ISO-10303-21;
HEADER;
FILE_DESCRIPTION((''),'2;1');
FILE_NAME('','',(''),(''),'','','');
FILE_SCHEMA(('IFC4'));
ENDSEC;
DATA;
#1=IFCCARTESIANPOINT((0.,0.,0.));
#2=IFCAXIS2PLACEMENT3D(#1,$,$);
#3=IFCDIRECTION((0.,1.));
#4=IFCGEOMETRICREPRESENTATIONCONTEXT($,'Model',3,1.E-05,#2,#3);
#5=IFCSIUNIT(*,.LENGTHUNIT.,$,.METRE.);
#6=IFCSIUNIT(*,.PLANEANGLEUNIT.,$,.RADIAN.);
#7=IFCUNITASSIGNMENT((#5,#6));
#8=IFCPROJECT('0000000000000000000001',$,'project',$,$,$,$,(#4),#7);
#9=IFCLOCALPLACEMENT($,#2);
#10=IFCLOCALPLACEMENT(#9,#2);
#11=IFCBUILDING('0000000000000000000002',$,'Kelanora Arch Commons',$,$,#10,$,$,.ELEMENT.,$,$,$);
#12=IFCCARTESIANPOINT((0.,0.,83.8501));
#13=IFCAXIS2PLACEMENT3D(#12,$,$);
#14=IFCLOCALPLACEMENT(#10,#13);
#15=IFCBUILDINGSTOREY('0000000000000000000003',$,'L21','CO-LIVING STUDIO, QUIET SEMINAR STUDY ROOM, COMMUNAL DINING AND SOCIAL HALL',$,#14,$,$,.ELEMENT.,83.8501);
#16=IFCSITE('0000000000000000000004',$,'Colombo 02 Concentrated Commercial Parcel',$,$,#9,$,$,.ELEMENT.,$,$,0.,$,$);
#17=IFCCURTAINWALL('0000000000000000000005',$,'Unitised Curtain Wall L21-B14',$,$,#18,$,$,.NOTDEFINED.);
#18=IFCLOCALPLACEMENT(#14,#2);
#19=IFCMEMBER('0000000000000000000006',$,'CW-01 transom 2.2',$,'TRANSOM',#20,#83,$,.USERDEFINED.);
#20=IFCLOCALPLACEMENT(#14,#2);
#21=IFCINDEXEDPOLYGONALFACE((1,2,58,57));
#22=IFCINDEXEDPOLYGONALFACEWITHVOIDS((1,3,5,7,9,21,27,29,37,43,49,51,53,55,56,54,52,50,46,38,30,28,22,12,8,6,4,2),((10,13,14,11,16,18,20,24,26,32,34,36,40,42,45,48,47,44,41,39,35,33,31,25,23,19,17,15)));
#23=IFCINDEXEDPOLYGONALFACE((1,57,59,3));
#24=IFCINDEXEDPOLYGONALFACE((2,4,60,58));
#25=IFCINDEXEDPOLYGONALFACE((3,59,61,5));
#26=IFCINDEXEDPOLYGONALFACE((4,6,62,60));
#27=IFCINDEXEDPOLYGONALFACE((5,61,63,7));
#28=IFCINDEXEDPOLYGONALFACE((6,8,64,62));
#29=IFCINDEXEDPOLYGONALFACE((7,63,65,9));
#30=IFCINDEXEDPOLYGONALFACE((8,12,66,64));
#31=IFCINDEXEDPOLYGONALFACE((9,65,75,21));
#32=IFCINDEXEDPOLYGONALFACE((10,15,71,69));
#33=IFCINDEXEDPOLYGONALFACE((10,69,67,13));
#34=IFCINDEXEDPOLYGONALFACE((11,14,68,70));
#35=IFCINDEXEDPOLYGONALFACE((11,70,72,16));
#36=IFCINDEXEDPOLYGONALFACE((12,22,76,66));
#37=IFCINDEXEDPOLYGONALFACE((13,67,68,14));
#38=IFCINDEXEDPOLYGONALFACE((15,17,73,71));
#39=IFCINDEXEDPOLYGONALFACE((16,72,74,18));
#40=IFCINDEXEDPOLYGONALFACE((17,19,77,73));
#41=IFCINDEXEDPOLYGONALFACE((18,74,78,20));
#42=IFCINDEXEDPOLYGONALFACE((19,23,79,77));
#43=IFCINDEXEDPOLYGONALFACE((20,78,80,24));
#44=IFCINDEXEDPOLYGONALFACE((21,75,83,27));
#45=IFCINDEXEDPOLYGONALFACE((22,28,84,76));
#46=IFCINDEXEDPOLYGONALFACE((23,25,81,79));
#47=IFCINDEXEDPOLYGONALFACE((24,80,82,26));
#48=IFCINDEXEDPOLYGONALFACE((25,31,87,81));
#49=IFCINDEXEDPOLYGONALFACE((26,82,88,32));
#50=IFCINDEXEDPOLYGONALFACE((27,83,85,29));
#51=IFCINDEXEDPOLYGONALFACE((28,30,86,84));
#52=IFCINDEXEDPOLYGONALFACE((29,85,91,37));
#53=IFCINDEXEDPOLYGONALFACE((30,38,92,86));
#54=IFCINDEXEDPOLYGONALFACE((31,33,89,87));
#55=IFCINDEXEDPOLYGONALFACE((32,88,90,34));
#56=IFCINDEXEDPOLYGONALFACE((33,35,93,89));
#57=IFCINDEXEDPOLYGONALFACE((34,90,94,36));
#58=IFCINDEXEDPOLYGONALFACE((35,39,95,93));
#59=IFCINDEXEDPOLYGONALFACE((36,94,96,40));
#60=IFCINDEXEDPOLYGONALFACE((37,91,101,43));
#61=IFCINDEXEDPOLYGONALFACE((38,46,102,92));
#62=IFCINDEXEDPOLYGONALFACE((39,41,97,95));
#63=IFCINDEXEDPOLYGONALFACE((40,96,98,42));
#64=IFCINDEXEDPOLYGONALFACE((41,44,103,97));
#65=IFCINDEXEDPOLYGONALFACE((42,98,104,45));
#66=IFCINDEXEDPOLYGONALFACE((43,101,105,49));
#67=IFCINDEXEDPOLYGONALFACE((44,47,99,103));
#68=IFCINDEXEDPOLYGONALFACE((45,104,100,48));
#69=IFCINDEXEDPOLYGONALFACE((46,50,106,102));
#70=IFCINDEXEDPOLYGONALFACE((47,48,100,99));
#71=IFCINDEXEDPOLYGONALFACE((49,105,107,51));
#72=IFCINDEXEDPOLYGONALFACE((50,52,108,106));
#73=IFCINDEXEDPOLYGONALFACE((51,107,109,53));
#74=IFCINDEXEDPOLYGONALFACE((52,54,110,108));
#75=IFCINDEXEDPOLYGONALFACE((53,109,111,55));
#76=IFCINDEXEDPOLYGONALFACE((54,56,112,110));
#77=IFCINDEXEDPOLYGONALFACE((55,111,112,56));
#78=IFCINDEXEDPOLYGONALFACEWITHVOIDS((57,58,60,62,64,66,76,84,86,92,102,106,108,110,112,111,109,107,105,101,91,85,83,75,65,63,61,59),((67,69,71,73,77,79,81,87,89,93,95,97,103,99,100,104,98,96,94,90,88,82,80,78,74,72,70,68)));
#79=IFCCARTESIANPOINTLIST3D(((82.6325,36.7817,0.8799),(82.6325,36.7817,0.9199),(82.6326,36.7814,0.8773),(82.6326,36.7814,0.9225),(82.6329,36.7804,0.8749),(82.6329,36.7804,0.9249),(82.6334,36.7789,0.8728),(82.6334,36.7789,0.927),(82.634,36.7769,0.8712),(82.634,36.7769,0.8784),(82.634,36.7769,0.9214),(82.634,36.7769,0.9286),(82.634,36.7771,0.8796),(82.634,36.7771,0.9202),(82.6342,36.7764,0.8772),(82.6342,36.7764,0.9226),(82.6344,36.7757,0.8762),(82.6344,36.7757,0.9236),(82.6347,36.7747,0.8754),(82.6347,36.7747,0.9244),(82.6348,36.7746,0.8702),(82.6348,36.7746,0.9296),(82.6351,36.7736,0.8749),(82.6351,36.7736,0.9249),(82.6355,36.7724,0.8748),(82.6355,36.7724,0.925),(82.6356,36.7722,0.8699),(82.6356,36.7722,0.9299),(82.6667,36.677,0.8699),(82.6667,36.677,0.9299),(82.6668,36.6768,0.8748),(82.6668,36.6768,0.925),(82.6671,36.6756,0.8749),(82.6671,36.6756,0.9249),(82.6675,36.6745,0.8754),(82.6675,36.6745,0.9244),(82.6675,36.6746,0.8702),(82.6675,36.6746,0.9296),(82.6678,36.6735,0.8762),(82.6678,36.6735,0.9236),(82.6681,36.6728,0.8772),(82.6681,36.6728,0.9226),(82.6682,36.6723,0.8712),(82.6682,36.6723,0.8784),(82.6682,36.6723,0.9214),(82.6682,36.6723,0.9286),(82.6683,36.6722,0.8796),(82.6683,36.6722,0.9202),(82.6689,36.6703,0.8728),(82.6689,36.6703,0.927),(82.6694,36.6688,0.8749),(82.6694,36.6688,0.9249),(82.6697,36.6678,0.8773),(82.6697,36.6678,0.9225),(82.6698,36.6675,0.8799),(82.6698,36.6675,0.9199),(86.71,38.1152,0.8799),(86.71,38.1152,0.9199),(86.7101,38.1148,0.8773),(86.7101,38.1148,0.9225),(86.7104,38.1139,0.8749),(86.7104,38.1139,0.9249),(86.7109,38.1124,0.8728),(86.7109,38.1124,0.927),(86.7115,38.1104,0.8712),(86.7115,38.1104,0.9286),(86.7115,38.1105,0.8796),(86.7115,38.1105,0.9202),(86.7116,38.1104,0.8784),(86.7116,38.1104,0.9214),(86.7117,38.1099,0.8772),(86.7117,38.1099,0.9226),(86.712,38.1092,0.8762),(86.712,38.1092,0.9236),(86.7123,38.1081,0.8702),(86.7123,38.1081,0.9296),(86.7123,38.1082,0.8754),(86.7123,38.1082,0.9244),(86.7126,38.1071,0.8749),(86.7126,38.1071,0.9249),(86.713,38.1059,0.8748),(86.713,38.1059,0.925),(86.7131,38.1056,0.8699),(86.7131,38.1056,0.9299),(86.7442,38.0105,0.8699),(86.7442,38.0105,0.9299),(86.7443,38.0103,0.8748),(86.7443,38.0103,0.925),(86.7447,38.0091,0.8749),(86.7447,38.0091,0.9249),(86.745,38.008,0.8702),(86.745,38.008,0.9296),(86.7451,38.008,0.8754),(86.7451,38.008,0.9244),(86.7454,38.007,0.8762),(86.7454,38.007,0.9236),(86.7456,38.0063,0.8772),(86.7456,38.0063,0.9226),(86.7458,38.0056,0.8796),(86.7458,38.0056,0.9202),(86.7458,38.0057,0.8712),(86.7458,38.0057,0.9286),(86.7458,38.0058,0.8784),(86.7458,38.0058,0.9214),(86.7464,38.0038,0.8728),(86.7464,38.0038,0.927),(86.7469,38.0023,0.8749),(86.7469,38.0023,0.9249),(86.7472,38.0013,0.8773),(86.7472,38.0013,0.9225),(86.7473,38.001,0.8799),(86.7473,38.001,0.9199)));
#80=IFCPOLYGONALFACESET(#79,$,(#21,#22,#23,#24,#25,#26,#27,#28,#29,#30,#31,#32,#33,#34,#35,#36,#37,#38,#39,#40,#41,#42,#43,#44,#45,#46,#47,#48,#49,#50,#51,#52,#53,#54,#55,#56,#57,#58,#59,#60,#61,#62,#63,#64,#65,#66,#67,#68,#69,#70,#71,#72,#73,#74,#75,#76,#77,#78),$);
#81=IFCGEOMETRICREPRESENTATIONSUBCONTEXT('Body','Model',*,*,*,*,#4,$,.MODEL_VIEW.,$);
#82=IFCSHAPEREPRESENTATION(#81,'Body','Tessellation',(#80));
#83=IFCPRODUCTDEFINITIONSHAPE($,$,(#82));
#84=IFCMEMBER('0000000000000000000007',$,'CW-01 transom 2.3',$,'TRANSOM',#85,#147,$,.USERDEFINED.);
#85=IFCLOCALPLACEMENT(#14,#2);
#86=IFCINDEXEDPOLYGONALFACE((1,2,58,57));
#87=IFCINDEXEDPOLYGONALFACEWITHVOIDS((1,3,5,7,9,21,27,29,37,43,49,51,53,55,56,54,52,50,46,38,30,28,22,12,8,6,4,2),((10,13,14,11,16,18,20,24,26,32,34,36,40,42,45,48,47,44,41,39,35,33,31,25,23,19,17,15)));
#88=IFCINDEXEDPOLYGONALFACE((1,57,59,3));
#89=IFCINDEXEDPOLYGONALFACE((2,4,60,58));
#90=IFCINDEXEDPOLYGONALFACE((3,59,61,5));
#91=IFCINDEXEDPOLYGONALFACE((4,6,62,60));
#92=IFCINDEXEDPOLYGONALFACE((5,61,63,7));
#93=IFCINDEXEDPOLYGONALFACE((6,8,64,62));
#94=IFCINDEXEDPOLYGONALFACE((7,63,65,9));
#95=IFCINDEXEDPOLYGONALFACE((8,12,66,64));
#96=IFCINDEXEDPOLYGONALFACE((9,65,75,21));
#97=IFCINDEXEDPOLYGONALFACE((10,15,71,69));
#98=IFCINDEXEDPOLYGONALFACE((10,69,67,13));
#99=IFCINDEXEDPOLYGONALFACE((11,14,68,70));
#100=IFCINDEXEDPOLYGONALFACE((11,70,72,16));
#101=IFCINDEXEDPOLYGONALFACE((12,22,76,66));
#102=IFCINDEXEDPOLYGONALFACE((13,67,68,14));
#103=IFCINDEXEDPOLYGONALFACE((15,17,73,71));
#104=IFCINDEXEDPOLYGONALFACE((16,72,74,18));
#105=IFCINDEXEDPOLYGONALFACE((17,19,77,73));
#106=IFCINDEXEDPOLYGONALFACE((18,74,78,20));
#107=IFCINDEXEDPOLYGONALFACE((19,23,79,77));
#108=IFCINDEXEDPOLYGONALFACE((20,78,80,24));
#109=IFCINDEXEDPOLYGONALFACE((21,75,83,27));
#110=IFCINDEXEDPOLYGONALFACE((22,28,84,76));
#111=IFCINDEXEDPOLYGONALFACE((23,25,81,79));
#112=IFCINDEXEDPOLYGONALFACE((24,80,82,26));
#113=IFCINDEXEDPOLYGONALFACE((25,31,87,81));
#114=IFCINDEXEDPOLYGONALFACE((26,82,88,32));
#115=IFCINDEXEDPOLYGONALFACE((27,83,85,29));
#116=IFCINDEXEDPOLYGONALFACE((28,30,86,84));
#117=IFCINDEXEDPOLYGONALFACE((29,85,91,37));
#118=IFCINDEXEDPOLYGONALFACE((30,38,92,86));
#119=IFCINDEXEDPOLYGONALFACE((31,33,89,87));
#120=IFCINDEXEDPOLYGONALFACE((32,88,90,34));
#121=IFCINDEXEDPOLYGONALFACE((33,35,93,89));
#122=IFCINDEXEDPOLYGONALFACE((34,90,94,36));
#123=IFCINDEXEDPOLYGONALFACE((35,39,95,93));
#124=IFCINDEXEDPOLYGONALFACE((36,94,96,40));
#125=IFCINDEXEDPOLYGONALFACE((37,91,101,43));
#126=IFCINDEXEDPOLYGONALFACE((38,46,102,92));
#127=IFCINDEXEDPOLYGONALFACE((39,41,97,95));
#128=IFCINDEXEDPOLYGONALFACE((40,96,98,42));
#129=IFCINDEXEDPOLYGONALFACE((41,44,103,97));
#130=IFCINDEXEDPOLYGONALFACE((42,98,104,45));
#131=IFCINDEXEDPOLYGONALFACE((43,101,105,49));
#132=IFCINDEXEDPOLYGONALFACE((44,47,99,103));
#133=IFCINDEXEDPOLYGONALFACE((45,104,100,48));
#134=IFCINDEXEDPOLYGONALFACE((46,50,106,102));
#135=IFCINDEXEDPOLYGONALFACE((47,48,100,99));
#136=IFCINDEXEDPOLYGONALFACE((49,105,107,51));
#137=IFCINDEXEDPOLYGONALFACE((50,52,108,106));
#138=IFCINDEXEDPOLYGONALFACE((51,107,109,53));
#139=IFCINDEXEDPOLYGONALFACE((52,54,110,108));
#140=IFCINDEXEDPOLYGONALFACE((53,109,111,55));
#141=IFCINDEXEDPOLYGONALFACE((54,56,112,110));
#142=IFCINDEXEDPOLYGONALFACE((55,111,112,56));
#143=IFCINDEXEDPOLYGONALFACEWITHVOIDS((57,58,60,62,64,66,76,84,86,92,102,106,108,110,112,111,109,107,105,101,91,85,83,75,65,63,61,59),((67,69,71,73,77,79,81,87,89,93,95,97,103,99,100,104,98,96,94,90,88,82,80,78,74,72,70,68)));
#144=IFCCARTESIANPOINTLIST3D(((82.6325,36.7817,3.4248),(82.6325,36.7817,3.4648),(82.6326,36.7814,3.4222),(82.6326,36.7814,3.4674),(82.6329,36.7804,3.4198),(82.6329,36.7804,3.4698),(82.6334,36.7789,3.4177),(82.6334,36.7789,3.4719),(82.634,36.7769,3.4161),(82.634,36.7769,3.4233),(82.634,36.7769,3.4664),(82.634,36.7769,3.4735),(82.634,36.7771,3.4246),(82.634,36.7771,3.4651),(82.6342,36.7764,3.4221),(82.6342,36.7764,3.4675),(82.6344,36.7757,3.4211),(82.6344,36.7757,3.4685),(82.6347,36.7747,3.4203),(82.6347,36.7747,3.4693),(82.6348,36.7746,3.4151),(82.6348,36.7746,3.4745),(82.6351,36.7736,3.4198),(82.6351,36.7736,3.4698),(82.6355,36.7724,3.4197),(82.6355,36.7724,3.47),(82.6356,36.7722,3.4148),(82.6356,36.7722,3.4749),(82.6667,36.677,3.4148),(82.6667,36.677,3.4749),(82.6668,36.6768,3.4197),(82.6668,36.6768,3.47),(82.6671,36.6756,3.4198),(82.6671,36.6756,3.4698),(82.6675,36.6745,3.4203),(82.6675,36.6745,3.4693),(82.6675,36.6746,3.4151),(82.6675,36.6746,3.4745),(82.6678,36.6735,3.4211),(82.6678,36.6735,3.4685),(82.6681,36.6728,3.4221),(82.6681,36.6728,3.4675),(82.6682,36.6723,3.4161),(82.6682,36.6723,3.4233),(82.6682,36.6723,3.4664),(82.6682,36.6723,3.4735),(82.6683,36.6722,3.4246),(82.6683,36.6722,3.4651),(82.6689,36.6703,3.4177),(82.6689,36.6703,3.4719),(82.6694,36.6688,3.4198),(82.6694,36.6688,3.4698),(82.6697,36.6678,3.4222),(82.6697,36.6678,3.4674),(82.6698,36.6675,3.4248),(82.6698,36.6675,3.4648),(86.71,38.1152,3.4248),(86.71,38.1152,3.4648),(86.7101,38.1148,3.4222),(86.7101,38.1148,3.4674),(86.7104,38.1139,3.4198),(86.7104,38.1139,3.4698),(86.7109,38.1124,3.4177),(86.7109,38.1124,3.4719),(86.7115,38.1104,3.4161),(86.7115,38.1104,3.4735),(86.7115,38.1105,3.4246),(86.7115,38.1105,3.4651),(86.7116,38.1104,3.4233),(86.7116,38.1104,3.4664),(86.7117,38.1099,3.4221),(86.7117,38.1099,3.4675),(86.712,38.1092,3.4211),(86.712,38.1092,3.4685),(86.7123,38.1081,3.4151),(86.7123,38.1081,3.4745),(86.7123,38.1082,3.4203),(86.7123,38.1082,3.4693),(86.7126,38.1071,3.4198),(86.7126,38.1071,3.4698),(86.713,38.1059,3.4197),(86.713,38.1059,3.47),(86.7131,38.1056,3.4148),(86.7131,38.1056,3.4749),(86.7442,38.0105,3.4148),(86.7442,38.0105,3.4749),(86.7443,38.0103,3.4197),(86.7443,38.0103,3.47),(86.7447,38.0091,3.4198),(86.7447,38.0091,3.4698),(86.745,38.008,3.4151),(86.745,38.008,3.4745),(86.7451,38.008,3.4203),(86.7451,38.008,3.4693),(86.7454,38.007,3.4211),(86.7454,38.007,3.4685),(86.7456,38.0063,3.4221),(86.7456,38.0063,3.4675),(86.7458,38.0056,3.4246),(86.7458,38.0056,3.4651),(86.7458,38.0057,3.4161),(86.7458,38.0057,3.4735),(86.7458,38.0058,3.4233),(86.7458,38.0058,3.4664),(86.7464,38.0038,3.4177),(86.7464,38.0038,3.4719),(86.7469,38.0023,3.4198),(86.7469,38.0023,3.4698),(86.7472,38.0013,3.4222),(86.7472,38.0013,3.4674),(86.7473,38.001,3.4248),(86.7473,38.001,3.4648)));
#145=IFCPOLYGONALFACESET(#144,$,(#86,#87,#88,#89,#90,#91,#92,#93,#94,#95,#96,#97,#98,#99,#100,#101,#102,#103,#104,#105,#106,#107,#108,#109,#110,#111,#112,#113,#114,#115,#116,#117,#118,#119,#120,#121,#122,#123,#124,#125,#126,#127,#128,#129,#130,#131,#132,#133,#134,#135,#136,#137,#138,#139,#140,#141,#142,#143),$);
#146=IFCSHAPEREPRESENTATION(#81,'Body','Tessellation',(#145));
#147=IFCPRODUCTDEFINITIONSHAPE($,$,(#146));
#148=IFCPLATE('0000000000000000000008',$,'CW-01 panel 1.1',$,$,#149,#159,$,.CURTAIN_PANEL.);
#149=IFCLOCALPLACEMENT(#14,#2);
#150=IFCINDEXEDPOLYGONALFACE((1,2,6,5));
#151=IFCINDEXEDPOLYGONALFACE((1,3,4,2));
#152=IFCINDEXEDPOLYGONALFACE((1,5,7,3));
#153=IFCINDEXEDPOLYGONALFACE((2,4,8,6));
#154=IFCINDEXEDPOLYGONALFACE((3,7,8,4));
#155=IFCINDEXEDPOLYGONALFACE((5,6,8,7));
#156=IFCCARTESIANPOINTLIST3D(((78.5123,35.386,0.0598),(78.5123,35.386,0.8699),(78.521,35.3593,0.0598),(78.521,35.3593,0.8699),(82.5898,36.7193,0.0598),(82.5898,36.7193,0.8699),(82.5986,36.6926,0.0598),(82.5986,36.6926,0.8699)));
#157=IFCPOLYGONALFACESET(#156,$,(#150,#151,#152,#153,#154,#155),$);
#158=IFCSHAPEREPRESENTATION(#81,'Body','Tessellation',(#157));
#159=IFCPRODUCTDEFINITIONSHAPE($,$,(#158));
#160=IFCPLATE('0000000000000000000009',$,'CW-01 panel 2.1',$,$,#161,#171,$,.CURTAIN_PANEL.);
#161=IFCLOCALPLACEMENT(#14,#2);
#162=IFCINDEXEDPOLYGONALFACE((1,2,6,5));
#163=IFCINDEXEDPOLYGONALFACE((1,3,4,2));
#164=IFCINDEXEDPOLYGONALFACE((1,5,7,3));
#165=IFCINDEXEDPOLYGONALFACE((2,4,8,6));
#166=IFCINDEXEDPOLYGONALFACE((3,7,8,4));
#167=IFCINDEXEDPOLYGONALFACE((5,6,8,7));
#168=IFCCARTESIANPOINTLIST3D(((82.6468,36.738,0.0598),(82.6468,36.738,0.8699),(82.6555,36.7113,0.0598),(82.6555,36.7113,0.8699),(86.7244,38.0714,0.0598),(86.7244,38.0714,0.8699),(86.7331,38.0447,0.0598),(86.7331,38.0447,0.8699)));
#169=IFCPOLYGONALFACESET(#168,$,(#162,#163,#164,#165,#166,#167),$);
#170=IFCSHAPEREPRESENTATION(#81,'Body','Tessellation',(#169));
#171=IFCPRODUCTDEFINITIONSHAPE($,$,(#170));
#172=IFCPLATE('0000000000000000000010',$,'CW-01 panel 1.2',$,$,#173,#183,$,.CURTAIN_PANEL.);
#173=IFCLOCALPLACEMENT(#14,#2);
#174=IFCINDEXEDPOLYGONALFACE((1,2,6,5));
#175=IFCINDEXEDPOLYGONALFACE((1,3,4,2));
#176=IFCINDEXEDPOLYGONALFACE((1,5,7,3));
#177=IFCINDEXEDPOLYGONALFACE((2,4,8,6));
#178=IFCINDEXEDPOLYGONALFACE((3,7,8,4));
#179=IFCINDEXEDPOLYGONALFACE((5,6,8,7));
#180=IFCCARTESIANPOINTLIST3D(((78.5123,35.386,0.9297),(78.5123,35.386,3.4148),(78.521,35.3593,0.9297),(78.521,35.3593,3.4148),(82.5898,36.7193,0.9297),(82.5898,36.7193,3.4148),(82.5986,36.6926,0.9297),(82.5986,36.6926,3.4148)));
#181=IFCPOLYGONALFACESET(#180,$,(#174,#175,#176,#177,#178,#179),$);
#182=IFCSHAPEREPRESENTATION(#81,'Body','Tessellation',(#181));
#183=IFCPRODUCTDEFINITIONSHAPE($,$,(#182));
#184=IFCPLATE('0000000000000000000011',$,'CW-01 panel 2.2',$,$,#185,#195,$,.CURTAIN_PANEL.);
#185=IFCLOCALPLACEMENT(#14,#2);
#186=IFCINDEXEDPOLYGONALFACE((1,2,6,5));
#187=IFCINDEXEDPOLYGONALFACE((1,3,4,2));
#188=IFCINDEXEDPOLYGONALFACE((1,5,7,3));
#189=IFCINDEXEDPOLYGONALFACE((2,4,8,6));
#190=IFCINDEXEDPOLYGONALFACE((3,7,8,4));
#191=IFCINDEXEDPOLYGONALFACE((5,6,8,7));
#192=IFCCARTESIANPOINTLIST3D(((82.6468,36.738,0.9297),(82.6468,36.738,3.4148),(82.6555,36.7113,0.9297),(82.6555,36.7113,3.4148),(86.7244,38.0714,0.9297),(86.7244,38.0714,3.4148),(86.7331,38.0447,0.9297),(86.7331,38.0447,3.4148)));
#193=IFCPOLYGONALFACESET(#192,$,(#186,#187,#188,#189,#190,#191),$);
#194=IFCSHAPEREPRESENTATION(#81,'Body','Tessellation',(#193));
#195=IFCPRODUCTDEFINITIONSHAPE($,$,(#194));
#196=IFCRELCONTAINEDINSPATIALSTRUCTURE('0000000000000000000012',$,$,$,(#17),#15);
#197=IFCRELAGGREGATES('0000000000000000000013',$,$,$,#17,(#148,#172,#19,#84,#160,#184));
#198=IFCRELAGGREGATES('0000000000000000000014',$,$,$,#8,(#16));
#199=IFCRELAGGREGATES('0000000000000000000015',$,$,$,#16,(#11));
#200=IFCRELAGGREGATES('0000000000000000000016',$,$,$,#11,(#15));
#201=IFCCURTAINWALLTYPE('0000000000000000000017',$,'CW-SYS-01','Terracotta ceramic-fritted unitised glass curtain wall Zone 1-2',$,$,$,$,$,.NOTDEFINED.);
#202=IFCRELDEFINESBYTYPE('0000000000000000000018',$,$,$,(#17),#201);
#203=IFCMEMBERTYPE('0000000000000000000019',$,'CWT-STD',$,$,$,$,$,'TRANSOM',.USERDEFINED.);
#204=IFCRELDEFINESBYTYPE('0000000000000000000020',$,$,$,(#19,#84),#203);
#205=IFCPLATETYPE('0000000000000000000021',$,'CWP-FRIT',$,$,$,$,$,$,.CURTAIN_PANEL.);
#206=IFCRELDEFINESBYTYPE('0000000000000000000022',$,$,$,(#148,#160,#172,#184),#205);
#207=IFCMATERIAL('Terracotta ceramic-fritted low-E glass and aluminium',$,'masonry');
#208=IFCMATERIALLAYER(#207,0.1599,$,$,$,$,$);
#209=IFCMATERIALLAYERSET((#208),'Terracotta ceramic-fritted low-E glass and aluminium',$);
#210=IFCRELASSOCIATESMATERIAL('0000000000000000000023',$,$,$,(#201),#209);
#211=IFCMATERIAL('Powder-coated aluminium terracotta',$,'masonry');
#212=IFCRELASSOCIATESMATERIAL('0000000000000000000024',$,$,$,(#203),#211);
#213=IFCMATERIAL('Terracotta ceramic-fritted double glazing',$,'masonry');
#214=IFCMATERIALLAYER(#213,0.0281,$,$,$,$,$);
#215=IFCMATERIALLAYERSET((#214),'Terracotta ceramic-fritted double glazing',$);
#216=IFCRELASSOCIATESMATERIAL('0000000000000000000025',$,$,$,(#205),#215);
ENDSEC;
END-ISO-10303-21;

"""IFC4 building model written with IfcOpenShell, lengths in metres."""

from ifc_helpers import new_model, si_unit, direction, frame, origin, origin_2d, place, context, subcontext, project, spatial, rectangle, hollow_rectangle, extrude, source, transform, mapped, material, layer, layer_set, material_profile, profile_set, type_object, element, aggregate, save


model = new_model("IFC4")

# Units and contexts
model_context = context("Model", 3, precision=1e-05, world=origin(), true_north=direction((0.0, 1.0)))
body_context = subcontext(model_context, "Body", "Model", "MODEL_VIEW")
ifc_project = project(units=[si_unit("LENGTHUNIT", "METRE"), si_unit("PLANEANGLEUNIT", "RADIAN")], contexts=[model_context])

# Site, building, storey
site_placement = place(None, origin())
site = spatial("IfcSite", under=ifc_project, at=site_placement, Name="Colombo 02 Concentrated Commercial Parcel", CompositionType="ELEMENT", RefElevation=0.0)
building_placement = place(site_placement, origin())
building = spatial("IfcBuilding", under=site, at=building_placement, Name="Kelanora Arch Commons", CompositionType="ELEMENT")
storey_placement = place(building_placement, frame((0.0, 0.0, 83.8501)))
storey = spatial("IfcBuildingStorey", under=building, at=storey_placement, Name="L21", Description="CO-LIVING STUDIO, QUIET SEMINAR STUDY ROOM, COMMUNAL DINING AND SOCIAL HALL", CompositionType="ELEMENT", Elevation=83.8501)

# Curtain wall, members, plates
ifc_material_1 = material(Name="Terracotta ceramic-fritted low-E glass and aluminium", Category="masonry")
ifc_layer_1 = layer(ifc_material_1, 0.1599)
ifc_layer_set_1 = layer_set([ifc_layer_1], Name="Terracotta ceramic-fritted low-E glass and aluminium")
curtain_wall_type = type_object("IfcCurtainWallType", Name="CW-SYS-01", Description="Terracotta ceramic-fritted unitised glass curtain wall Zone 1-2", PredefinedType="NOTDEFINED", material=ifc_layer_set_1)
curtain_wall_placement = place(storey_placement, origin())
curtain_wall = element("IfcCurtainWall", 1, at=curtain_wall_placement, inside=storey, type_object=curtain_wall_type, Name="Unitised Curtain Wall L21-B14", PredefinedType="NOTDEFINED")
ifc_material_2 = material(Name="Powder-coated aluminium terracotta", Category="masonry")
ifc_material_profile_1 = material_profile(ifc_material_2, hollow_rectangle(XDim=0.1201, YDim=0.0601, WallThickness=0.0049, InnerFilletRadius=0.0049, OuterFilletRadius=0.01, at=origin_2d()), Name="CWT120x60")
ifc_profile_set_1 = profile_set([ifc_material_profile_1], Name="Powder-coated aluminium terracotta")
member_type_1 = type_object("IfcMemberType", Name="CWT-STD", ElementType="TRANSOM", PredefinedType="USERDEFINED", material=ifc_profile_set_1)
member_1_placement = place(storey_placement, frame((82.6511, 36.7246, 0.8999), z_axis=(0.950466, 0.310828, 0.0), x_axis=(-0.310828, 0.950466, 0.0)))
member_1 = element("IfcMember", 2, at=member_1_placement, type_object=member_type_1, Name="CW-01 transom 2.2", ObjectType="TRANSOM", PredefinedType="USERDEFINED", context=body_context, shape_type="SweptSolid", body=[
    extrude(hollow_rectangle(XDim=0.1201, YDim=0.0601, WallThickness=0.0049, InnerFilletRadius=0.0049, OuterFilletRadius=0.01, at=origin_2d()), origin(), (0.0, 0.0, 1.0), 4.29),
])
member_2_placement = place(storey_placement, frame((82.6511, 36.7246, 3.4448), z_axis=(0.950466, 0.310828, 0.0), x_axis=(-0.310828, 0.950466, 0.0)))
member_2 = element("IfcMember", 3, at=member_2_placement, type_object=member_type_1, Name="CW-01 transom 2.3", ObjectType="TRANSOM", PredefinedType="USERDEFINED", context=body_context, shape_type="SweptSolid", body=[
    extrude(hollow_rectangle(XDim=0.1201, YDim=0.0601, WallThickness=0.0049, InnerFilletRadius=0.0049, OuterFilletRadius=0.01, at=origin_2d()), origin(), (0.0, 0.0, 1.0), 4.29),
])
ifc_material_3 = material(Name="Terracotta ceramic-fritted double glazing", Category="masonry")
ifc_layer_2 = layer(ifc_material_3, 0.0281)
ifc_layer_set_2 = layer_set([ifc_layer_2], Name="Terracotta ceramic-fritted double glazing")
plate_type = type_object("IfcPlateType", Name="CWP-FRIT", PredefinedType="CURTAIN_PANEL", material=ifc_layer_set_2)
shared_shape_1 = source(origin(), body_context, "Body", "SweptSolid", [
    extrude(rectangle(XDim=4.29, YDim=0.0281, at=origin_2d()), origin(), (0.0, 0.0, 1.0), 0.8101),
])
plate_1_placement = place(storey_placement, frame((80.5554, 36.0393, 0.0598), z_axis=(0.0, 0.0, 1.0), x_axis=(0.950474, 0.310805, 0.0)))
plate_1 = element("IfcPlate", 4, at=plate_1_placement, type_object=plate_type, Name="CW-01 panel 1.1", PredefinedType="CURTAIN_PANEL", context=body_context, shape_type="MappedRepresentation", body=[
    mapped(shared_shape_1, transform((0.0, 0.0, 0.0), scale=1.0)),
])
plate_2_placement = place(storey_placement, frame((84.6899, 37.3914, 0.0598), z_axis=(0.0, 0.0, 1.0), x_axis=(0.950474, 0.310805, 0.0)))
plate_2 = element("IfcPlate", 5, at=plate_2_placement, type_object=plate_type, Name="CW-01 panel 2.1", PredefinedType="CURTAIN_PANEL", context=body_context, shape_type="MappedRepresentation", body=[
    mapped(shared_shape_1, transform((0.0, 0.0, 0.0), scale=1.0)),
])
shared_shape_2 = source(origin(), body_context, "Body", "SweptSolid", [
    extrude(rectangle(XDim=4.29, YDim=0.0281, at=origin_2d()), origin(), (0.0, 0.0, 1.0), 2.4851),
])
plate_3_placement = place(storey_placement, frame((80.5554, 36.0393, 0.9297), z_axis=(0.0, 0.0, 1.0), x_axis=(0.950474, 0.310805, 0.0)))
plate_3 = element("IfcPlate", 6, at=plate_3_placement, type_object=plate_type, Name="CW-01 panel 1.2", PredefinedType="CURTAIN_PANEL", context=body_context, shape_type="MappedRepresentation", body=[
    mapped(shared_shape_2, transform((0.0, 0.0, 0.0), scale=1.0)),
])
plate_4_placement = place(storey_placement, frame((84.6899, 37.3914, 0.9297), z_axis=(0.0, 0.0, 1.0), x_axis=(0.950474, 0.310805, 0.0)))
plate_4 = element("IfcPlate", 7, at=plate_4_placement, type_object=plate_type, Name="CW-01 panel 2.2", PredefinedType="CURTAIN_PANEL", context=body_context, shape_type="MappedRepresentation", body=[
    mapped(shared_shape_2, transform((0.0, 0.0, 0.0), scale=1.0)),
])
aggregate(curtain_wall, [plate_1, plate_3, member_1, member_2, plate_2, plate_4])

save(model, "model.ifc")
